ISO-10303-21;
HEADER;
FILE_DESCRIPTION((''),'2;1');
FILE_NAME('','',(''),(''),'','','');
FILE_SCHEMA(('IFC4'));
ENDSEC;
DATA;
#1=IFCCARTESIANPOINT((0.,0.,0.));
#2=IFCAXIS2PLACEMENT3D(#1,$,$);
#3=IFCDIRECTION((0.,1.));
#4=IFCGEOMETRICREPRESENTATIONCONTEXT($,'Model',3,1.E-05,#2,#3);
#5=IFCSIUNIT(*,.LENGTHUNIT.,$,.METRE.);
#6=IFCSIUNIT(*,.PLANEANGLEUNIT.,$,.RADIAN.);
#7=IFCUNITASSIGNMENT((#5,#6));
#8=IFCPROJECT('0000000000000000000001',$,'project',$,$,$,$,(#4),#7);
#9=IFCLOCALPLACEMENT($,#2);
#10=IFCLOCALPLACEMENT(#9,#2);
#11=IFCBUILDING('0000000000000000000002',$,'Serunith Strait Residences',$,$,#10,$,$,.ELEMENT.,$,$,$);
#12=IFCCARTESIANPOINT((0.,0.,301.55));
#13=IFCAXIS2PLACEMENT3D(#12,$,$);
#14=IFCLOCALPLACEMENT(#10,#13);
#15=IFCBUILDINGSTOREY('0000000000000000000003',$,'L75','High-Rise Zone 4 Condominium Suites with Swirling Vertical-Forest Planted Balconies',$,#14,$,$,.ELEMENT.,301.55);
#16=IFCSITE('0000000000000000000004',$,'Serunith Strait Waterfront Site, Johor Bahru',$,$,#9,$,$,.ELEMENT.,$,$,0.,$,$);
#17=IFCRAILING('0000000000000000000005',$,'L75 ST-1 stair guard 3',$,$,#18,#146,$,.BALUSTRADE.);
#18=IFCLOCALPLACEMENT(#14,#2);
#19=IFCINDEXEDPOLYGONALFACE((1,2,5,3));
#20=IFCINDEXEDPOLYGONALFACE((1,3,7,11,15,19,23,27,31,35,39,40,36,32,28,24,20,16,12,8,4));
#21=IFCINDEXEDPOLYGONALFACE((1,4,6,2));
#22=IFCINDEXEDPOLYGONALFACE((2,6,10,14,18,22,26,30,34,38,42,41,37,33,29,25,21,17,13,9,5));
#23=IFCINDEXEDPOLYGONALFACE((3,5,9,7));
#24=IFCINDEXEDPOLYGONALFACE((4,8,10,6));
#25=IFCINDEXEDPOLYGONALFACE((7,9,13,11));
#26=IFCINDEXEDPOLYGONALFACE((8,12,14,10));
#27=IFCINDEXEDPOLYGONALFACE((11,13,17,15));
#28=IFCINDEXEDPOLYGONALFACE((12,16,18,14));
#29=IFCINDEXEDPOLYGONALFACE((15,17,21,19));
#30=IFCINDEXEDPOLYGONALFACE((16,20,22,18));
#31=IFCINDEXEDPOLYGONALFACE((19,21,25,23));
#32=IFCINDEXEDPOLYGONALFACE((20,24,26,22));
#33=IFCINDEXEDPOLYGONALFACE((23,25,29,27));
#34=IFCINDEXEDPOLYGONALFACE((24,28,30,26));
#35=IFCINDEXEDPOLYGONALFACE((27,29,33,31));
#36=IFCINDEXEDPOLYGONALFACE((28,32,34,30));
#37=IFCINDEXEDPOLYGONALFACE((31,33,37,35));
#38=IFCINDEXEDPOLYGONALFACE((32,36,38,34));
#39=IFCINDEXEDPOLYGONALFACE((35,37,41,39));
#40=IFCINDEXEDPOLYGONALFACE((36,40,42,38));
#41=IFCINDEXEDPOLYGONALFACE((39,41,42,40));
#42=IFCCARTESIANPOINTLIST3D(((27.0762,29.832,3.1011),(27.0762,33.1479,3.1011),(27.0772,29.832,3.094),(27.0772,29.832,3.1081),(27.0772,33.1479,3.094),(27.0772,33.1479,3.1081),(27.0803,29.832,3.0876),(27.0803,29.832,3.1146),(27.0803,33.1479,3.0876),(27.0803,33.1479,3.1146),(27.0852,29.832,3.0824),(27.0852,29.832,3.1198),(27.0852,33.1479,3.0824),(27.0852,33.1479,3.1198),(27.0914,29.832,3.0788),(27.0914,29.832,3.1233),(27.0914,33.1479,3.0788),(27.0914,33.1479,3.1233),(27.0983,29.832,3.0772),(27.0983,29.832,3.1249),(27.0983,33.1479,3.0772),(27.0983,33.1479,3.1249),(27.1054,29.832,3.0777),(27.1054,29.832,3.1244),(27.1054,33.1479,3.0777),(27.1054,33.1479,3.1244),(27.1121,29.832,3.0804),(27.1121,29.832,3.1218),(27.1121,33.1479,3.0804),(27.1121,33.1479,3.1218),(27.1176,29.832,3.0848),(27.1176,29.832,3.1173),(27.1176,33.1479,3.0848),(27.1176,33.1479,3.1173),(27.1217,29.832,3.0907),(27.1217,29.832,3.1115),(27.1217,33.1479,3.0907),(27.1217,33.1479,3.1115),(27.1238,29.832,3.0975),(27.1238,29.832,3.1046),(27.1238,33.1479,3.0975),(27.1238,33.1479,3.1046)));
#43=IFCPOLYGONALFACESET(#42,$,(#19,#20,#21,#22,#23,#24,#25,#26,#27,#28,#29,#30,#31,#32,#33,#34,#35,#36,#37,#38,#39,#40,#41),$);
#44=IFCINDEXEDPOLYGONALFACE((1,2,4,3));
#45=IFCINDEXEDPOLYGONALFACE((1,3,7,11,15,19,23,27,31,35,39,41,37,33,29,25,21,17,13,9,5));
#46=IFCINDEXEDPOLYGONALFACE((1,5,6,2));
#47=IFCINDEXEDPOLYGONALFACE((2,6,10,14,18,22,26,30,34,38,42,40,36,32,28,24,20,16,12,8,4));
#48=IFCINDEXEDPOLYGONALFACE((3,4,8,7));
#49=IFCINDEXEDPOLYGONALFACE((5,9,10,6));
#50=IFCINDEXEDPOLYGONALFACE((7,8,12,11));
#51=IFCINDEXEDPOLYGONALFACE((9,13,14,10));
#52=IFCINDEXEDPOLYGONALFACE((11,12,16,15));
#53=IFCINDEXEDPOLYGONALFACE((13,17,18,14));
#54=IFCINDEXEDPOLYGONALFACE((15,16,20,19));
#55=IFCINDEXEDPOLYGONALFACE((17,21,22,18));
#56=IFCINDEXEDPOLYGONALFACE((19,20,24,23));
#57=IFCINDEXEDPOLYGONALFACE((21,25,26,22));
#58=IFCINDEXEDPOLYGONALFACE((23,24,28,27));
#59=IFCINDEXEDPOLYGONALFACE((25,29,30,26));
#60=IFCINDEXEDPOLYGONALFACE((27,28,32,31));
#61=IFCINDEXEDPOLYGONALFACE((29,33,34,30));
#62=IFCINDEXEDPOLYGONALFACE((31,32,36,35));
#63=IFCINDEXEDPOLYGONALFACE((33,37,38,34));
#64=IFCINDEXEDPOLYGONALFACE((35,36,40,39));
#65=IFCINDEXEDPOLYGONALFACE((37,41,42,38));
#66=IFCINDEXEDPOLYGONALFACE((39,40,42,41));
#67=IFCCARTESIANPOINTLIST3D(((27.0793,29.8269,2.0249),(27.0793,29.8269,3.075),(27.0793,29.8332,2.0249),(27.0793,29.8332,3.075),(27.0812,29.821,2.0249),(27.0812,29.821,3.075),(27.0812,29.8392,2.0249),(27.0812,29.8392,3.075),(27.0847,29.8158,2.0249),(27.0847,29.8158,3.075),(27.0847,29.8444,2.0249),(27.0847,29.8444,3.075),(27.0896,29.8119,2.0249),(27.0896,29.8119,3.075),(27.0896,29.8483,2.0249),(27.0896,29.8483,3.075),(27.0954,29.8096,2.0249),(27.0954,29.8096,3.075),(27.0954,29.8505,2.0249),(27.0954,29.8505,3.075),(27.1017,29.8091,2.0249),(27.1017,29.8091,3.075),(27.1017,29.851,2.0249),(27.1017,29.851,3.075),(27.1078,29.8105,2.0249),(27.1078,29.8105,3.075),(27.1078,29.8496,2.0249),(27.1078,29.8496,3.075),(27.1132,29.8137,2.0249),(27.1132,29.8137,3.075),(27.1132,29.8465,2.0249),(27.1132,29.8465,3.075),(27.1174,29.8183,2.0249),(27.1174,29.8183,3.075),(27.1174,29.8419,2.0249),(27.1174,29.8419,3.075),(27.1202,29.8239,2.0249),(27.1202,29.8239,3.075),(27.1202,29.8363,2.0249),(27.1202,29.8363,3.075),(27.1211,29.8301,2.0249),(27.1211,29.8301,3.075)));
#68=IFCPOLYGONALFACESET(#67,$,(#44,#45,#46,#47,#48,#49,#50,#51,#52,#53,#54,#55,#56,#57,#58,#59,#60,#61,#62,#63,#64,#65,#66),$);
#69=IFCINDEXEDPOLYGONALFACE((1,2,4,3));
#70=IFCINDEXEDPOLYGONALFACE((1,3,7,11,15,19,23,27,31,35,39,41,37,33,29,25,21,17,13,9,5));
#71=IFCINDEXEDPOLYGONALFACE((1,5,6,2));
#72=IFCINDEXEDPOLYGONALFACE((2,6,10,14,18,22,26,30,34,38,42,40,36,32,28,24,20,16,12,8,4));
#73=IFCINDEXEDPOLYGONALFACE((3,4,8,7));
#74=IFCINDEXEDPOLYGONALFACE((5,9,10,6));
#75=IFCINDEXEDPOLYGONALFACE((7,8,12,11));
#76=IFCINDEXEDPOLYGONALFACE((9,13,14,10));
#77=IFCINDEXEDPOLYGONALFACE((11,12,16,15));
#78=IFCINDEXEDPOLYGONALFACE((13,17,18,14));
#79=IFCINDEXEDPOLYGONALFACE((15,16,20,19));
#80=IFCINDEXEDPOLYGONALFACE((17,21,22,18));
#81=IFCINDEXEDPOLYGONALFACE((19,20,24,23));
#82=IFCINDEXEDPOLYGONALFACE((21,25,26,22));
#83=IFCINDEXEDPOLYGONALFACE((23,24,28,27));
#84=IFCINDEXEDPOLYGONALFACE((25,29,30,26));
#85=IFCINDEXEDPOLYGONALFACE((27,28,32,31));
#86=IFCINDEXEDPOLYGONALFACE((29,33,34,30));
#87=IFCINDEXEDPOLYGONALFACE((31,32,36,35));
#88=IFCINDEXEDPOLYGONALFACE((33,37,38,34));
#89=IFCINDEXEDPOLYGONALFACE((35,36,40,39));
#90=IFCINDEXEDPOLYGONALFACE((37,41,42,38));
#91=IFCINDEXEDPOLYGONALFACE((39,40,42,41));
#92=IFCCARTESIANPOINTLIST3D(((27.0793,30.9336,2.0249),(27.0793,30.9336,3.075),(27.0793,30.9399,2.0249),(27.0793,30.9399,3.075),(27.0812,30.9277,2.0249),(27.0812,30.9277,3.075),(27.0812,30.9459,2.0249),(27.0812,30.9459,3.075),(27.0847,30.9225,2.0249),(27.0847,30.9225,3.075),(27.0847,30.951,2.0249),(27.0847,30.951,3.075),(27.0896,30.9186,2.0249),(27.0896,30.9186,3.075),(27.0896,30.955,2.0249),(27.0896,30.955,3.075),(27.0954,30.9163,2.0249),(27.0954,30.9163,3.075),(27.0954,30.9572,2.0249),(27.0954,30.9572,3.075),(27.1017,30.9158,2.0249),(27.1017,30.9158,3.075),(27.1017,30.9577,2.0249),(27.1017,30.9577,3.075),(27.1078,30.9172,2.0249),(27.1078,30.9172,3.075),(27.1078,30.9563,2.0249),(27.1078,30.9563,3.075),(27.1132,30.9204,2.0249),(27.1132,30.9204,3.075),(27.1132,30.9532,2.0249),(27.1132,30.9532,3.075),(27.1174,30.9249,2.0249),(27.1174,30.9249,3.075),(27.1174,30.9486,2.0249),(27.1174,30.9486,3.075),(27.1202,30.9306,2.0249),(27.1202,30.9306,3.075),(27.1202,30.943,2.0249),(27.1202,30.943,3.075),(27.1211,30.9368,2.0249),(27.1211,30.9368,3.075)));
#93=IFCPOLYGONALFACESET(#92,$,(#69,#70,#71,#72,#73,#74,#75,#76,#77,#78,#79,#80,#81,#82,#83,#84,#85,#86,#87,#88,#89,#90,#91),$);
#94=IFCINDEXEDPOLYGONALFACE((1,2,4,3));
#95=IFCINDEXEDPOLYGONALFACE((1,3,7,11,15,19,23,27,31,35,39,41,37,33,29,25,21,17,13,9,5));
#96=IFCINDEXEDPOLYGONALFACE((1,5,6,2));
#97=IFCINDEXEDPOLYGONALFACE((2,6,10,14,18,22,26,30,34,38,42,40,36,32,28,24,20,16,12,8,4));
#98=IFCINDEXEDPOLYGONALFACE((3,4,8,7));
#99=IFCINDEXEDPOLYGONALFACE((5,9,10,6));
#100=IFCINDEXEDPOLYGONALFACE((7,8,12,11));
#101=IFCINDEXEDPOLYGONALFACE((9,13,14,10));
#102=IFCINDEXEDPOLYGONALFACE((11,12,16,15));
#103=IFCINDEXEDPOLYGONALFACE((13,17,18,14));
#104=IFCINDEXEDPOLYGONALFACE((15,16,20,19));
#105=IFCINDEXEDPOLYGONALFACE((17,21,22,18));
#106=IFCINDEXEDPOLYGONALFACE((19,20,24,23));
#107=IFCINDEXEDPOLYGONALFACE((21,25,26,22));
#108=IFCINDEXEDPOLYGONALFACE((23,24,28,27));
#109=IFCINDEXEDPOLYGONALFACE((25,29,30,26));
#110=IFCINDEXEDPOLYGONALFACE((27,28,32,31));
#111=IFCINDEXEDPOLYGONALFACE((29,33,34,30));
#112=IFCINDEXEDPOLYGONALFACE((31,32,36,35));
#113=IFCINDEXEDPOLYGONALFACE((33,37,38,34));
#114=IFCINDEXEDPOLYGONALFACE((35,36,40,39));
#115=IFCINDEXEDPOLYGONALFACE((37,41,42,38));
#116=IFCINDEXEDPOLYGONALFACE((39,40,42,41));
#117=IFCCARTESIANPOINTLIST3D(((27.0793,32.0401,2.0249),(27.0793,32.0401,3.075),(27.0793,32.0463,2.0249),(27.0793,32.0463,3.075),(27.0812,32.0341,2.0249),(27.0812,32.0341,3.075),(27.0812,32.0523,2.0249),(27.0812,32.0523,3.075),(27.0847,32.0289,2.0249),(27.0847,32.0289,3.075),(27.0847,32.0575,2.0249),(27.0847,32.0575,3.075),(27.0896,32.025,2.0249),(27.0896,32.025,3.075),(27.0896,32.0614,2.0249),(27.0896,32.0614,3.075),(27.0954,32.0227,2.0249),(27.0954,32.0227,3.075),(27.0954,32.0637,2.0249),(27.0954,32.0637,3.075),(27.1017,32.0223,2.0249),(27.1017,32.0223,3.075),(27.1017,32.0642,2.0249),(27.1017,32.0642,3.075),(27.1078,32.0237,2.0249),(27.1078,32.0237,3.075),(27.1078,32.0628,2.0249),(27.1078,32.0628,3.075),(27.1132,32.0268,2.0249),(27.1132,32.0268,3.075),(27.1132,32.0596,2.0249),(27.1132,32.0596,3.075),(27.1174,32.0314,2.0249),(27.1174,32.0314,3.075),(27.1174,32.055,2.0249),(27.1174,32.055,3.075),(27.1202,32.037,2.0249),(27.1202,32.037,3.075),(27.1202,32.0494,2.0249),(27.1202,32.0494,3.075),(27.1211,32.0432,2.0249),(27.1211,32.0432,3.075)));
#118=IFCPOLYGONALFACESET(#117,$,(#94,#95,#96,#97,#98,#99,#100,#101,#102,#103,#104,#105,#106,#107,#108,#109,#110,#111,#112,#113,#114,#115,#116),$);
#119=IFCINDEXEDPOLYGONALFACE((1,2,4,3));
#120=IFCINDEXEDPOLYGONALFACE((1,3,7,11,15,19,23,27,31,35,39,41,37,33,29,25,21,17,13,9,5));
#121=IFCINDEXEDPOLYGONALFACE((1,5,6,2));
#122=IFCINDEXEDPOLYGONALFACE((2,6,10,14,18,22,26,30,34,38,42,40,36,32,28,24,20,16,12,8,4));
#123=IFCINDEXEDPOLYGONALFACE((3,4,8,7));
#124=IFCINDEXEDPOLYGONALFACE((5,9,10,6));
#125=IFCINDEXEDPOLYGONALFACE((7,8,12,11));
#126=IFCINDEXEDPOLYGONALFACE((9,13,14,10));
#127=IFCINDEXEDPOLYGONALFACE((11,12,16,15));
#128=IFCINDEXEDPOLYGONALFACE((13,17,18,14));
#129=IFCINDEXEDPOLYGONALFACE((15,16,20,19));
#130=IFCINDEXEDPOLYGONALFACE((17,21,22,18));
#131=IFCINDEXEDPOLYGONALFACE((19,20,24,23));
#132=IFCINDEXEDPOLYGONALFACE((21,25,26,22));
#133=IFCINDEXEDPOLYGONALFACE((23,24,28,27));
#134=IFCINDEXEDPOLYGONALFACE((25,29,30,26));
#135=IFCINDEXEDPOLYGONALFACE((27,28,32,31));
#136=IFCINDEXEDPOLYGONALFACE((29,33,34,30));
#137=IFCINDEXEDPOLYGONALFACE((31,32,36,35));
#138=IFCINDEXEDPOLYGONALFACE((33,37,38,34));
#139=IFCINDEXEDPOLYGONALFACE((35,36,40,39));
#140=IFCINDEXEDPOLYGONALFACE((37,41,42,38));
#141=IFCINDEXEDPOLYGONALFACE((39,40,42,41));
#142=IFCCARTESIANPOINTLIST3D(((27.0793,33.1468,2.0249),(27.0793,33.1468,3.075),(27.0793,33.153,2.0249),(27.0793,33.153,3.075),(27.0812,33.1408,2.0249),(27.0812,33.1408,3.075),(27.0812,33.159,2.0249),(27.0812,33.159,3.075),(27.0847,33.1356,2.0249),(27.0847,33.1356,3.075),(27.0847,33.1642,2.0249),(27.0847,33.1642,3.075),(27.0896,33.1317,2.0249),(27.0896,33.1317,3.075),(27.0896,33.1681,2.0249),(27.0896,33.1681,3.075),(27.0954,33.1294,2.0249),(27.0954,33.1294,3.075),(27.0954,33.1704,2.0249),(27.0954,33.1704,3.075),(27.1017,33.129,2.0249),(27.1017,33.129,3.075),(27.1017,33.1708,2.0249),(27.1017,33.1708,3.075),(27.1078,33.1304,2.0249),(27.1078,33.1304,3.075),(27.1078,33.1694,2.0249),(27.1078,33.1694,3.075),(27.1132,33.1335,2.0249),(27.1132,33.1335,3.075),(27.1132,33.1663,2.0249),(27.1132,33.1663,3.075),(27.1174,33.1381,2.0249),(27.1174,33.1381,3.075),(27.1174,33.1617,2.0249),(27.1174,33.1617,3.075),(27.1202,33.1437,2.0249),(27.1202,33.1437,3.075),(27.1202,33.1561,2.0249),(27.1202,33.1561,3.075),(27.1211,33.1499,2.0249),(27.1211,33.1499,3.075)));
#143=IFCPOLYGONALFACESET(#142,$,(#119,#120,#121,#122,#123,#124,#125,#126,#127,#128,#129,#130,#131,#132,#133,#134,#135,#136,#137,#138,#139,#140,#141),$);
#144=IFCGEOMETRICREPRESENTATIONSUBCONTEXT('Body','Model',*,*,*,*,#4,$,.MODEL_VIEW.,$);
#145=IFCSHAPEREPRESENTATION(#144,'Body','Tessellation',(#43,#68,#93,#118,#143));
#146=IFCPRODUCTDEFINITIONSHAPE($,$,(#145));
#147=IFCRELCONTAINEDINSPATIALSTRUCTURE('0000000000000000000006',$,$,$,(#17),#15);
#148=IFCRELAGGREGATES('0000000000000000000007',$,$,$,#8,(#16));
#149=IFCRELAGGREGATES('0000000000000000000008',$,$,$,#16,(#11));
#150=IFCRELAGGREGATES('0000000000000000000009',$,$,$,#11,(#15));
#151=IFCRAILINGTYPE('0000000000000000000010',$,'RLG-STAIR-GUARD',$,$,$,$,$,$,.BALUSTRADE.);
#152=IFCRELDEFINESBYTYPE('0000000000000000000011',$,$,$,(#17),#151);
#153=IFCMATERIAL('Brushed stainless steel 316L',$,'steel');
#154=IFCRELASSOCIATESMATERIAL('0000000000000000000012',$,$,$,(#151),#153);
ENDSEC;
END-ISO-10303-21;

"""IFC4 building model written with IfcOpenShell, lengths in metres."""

from ifc_helpers import new_model, si_unit, direction, frame, origin, origin_2d, place, context, subcontext, project, spatial, circle, extrude, material, type_object, element, save


model = new_model("IFC4")

# Units and contexts
model_context = context("Model", 3, precision=1e-05, world=origin(), true_north=direction((0.0, 1.0)))
body_context = subcontext(model_context, "Body", "Model", "MODEL_VIEW")
ifc_project = project(units=[si_unit("LENGTHUNIT", "METRE"), si_unit("PLANEANGLEUNIT", "RADIAN")], contexts=[model_context])

# Site, building, storey
site_placement = place(None, origin())
site = spatial("IfcSite", under=ifc_project, at=site_placement, Name="Serunith Strait Waterfront Site, Johor Bahru", CompositionType="ELEMENT", RefElevation=0.0)
building_placement = place(site_placement, origin())
building = spatial("IfcBuilding", under=site, at=building_placement, Name="Serunith Strait Residences", CompositionType="ELEMENT")
storey_placement = place(building_placement, frame((0.0, 0.0, 301.55)))
storey = spatial("IfcBuildingStorey", under=building, at=storey_placement, Name="L75", Description="High-Rise Zone 4 Condominium Suites with Swirling Vertical-Forest Planted Balconies", CompositionType="ELEMENT", Elevation=301.55)

# Railing
ifc_material_1 = material(Name="Brushed stainless steel 316L", Category="steel")
railing_type_1 = type_object("IfcRailingType", Name="RLG-STAIR-GUARD", PredefinedType="BALUSTRADE", material=ifc_material_1)
for number, where, name in (
    (1, (27.1001, 29.8301, 2.0249), "L75 ST-1 stair guard 3"),
):
    element("IfcRailing", number, at=place(storey_placement, frame(where)), inside=storey, type_object=railing_type_1, Name=name, PredefinedType="BALUSTRADE", context=body_context, shape_type="SweptSolid", body=[
        extrude(circle(Radius=0.0239, at=origin_2d()), frame((0.0, 0.002, 1.0762), z_axis=(0.0, 1.0, 0.0), x_axis=(-1.0, 0.0, 0.0)), (0.0, 0.0, 1.0), 3.3159),
        extrude(circle(Radius=0.021, at=origin_2d()), origin(), (0.0, 0.0, 1.0), 1.05),
        extrude(circle(Radius=0.021, at=origin_2d()), frame((0.0, 1.1067, 0.0)), (0.0, 0.0, 1.0), 1.05),
        extrude(circle(Radius=0.021, at=origin_2d()), frame((0.0, 2.2131, 0.0)), (0.0, 0.0, 1.0), 1.05),
        extrude(circle(Radius=0.021, at=origin_2d()), frame((0.0, 3.3198, 0.0)), (0.0, 0.0, 1.0), 1.05),
    ])

save(model, "model.ifc")
